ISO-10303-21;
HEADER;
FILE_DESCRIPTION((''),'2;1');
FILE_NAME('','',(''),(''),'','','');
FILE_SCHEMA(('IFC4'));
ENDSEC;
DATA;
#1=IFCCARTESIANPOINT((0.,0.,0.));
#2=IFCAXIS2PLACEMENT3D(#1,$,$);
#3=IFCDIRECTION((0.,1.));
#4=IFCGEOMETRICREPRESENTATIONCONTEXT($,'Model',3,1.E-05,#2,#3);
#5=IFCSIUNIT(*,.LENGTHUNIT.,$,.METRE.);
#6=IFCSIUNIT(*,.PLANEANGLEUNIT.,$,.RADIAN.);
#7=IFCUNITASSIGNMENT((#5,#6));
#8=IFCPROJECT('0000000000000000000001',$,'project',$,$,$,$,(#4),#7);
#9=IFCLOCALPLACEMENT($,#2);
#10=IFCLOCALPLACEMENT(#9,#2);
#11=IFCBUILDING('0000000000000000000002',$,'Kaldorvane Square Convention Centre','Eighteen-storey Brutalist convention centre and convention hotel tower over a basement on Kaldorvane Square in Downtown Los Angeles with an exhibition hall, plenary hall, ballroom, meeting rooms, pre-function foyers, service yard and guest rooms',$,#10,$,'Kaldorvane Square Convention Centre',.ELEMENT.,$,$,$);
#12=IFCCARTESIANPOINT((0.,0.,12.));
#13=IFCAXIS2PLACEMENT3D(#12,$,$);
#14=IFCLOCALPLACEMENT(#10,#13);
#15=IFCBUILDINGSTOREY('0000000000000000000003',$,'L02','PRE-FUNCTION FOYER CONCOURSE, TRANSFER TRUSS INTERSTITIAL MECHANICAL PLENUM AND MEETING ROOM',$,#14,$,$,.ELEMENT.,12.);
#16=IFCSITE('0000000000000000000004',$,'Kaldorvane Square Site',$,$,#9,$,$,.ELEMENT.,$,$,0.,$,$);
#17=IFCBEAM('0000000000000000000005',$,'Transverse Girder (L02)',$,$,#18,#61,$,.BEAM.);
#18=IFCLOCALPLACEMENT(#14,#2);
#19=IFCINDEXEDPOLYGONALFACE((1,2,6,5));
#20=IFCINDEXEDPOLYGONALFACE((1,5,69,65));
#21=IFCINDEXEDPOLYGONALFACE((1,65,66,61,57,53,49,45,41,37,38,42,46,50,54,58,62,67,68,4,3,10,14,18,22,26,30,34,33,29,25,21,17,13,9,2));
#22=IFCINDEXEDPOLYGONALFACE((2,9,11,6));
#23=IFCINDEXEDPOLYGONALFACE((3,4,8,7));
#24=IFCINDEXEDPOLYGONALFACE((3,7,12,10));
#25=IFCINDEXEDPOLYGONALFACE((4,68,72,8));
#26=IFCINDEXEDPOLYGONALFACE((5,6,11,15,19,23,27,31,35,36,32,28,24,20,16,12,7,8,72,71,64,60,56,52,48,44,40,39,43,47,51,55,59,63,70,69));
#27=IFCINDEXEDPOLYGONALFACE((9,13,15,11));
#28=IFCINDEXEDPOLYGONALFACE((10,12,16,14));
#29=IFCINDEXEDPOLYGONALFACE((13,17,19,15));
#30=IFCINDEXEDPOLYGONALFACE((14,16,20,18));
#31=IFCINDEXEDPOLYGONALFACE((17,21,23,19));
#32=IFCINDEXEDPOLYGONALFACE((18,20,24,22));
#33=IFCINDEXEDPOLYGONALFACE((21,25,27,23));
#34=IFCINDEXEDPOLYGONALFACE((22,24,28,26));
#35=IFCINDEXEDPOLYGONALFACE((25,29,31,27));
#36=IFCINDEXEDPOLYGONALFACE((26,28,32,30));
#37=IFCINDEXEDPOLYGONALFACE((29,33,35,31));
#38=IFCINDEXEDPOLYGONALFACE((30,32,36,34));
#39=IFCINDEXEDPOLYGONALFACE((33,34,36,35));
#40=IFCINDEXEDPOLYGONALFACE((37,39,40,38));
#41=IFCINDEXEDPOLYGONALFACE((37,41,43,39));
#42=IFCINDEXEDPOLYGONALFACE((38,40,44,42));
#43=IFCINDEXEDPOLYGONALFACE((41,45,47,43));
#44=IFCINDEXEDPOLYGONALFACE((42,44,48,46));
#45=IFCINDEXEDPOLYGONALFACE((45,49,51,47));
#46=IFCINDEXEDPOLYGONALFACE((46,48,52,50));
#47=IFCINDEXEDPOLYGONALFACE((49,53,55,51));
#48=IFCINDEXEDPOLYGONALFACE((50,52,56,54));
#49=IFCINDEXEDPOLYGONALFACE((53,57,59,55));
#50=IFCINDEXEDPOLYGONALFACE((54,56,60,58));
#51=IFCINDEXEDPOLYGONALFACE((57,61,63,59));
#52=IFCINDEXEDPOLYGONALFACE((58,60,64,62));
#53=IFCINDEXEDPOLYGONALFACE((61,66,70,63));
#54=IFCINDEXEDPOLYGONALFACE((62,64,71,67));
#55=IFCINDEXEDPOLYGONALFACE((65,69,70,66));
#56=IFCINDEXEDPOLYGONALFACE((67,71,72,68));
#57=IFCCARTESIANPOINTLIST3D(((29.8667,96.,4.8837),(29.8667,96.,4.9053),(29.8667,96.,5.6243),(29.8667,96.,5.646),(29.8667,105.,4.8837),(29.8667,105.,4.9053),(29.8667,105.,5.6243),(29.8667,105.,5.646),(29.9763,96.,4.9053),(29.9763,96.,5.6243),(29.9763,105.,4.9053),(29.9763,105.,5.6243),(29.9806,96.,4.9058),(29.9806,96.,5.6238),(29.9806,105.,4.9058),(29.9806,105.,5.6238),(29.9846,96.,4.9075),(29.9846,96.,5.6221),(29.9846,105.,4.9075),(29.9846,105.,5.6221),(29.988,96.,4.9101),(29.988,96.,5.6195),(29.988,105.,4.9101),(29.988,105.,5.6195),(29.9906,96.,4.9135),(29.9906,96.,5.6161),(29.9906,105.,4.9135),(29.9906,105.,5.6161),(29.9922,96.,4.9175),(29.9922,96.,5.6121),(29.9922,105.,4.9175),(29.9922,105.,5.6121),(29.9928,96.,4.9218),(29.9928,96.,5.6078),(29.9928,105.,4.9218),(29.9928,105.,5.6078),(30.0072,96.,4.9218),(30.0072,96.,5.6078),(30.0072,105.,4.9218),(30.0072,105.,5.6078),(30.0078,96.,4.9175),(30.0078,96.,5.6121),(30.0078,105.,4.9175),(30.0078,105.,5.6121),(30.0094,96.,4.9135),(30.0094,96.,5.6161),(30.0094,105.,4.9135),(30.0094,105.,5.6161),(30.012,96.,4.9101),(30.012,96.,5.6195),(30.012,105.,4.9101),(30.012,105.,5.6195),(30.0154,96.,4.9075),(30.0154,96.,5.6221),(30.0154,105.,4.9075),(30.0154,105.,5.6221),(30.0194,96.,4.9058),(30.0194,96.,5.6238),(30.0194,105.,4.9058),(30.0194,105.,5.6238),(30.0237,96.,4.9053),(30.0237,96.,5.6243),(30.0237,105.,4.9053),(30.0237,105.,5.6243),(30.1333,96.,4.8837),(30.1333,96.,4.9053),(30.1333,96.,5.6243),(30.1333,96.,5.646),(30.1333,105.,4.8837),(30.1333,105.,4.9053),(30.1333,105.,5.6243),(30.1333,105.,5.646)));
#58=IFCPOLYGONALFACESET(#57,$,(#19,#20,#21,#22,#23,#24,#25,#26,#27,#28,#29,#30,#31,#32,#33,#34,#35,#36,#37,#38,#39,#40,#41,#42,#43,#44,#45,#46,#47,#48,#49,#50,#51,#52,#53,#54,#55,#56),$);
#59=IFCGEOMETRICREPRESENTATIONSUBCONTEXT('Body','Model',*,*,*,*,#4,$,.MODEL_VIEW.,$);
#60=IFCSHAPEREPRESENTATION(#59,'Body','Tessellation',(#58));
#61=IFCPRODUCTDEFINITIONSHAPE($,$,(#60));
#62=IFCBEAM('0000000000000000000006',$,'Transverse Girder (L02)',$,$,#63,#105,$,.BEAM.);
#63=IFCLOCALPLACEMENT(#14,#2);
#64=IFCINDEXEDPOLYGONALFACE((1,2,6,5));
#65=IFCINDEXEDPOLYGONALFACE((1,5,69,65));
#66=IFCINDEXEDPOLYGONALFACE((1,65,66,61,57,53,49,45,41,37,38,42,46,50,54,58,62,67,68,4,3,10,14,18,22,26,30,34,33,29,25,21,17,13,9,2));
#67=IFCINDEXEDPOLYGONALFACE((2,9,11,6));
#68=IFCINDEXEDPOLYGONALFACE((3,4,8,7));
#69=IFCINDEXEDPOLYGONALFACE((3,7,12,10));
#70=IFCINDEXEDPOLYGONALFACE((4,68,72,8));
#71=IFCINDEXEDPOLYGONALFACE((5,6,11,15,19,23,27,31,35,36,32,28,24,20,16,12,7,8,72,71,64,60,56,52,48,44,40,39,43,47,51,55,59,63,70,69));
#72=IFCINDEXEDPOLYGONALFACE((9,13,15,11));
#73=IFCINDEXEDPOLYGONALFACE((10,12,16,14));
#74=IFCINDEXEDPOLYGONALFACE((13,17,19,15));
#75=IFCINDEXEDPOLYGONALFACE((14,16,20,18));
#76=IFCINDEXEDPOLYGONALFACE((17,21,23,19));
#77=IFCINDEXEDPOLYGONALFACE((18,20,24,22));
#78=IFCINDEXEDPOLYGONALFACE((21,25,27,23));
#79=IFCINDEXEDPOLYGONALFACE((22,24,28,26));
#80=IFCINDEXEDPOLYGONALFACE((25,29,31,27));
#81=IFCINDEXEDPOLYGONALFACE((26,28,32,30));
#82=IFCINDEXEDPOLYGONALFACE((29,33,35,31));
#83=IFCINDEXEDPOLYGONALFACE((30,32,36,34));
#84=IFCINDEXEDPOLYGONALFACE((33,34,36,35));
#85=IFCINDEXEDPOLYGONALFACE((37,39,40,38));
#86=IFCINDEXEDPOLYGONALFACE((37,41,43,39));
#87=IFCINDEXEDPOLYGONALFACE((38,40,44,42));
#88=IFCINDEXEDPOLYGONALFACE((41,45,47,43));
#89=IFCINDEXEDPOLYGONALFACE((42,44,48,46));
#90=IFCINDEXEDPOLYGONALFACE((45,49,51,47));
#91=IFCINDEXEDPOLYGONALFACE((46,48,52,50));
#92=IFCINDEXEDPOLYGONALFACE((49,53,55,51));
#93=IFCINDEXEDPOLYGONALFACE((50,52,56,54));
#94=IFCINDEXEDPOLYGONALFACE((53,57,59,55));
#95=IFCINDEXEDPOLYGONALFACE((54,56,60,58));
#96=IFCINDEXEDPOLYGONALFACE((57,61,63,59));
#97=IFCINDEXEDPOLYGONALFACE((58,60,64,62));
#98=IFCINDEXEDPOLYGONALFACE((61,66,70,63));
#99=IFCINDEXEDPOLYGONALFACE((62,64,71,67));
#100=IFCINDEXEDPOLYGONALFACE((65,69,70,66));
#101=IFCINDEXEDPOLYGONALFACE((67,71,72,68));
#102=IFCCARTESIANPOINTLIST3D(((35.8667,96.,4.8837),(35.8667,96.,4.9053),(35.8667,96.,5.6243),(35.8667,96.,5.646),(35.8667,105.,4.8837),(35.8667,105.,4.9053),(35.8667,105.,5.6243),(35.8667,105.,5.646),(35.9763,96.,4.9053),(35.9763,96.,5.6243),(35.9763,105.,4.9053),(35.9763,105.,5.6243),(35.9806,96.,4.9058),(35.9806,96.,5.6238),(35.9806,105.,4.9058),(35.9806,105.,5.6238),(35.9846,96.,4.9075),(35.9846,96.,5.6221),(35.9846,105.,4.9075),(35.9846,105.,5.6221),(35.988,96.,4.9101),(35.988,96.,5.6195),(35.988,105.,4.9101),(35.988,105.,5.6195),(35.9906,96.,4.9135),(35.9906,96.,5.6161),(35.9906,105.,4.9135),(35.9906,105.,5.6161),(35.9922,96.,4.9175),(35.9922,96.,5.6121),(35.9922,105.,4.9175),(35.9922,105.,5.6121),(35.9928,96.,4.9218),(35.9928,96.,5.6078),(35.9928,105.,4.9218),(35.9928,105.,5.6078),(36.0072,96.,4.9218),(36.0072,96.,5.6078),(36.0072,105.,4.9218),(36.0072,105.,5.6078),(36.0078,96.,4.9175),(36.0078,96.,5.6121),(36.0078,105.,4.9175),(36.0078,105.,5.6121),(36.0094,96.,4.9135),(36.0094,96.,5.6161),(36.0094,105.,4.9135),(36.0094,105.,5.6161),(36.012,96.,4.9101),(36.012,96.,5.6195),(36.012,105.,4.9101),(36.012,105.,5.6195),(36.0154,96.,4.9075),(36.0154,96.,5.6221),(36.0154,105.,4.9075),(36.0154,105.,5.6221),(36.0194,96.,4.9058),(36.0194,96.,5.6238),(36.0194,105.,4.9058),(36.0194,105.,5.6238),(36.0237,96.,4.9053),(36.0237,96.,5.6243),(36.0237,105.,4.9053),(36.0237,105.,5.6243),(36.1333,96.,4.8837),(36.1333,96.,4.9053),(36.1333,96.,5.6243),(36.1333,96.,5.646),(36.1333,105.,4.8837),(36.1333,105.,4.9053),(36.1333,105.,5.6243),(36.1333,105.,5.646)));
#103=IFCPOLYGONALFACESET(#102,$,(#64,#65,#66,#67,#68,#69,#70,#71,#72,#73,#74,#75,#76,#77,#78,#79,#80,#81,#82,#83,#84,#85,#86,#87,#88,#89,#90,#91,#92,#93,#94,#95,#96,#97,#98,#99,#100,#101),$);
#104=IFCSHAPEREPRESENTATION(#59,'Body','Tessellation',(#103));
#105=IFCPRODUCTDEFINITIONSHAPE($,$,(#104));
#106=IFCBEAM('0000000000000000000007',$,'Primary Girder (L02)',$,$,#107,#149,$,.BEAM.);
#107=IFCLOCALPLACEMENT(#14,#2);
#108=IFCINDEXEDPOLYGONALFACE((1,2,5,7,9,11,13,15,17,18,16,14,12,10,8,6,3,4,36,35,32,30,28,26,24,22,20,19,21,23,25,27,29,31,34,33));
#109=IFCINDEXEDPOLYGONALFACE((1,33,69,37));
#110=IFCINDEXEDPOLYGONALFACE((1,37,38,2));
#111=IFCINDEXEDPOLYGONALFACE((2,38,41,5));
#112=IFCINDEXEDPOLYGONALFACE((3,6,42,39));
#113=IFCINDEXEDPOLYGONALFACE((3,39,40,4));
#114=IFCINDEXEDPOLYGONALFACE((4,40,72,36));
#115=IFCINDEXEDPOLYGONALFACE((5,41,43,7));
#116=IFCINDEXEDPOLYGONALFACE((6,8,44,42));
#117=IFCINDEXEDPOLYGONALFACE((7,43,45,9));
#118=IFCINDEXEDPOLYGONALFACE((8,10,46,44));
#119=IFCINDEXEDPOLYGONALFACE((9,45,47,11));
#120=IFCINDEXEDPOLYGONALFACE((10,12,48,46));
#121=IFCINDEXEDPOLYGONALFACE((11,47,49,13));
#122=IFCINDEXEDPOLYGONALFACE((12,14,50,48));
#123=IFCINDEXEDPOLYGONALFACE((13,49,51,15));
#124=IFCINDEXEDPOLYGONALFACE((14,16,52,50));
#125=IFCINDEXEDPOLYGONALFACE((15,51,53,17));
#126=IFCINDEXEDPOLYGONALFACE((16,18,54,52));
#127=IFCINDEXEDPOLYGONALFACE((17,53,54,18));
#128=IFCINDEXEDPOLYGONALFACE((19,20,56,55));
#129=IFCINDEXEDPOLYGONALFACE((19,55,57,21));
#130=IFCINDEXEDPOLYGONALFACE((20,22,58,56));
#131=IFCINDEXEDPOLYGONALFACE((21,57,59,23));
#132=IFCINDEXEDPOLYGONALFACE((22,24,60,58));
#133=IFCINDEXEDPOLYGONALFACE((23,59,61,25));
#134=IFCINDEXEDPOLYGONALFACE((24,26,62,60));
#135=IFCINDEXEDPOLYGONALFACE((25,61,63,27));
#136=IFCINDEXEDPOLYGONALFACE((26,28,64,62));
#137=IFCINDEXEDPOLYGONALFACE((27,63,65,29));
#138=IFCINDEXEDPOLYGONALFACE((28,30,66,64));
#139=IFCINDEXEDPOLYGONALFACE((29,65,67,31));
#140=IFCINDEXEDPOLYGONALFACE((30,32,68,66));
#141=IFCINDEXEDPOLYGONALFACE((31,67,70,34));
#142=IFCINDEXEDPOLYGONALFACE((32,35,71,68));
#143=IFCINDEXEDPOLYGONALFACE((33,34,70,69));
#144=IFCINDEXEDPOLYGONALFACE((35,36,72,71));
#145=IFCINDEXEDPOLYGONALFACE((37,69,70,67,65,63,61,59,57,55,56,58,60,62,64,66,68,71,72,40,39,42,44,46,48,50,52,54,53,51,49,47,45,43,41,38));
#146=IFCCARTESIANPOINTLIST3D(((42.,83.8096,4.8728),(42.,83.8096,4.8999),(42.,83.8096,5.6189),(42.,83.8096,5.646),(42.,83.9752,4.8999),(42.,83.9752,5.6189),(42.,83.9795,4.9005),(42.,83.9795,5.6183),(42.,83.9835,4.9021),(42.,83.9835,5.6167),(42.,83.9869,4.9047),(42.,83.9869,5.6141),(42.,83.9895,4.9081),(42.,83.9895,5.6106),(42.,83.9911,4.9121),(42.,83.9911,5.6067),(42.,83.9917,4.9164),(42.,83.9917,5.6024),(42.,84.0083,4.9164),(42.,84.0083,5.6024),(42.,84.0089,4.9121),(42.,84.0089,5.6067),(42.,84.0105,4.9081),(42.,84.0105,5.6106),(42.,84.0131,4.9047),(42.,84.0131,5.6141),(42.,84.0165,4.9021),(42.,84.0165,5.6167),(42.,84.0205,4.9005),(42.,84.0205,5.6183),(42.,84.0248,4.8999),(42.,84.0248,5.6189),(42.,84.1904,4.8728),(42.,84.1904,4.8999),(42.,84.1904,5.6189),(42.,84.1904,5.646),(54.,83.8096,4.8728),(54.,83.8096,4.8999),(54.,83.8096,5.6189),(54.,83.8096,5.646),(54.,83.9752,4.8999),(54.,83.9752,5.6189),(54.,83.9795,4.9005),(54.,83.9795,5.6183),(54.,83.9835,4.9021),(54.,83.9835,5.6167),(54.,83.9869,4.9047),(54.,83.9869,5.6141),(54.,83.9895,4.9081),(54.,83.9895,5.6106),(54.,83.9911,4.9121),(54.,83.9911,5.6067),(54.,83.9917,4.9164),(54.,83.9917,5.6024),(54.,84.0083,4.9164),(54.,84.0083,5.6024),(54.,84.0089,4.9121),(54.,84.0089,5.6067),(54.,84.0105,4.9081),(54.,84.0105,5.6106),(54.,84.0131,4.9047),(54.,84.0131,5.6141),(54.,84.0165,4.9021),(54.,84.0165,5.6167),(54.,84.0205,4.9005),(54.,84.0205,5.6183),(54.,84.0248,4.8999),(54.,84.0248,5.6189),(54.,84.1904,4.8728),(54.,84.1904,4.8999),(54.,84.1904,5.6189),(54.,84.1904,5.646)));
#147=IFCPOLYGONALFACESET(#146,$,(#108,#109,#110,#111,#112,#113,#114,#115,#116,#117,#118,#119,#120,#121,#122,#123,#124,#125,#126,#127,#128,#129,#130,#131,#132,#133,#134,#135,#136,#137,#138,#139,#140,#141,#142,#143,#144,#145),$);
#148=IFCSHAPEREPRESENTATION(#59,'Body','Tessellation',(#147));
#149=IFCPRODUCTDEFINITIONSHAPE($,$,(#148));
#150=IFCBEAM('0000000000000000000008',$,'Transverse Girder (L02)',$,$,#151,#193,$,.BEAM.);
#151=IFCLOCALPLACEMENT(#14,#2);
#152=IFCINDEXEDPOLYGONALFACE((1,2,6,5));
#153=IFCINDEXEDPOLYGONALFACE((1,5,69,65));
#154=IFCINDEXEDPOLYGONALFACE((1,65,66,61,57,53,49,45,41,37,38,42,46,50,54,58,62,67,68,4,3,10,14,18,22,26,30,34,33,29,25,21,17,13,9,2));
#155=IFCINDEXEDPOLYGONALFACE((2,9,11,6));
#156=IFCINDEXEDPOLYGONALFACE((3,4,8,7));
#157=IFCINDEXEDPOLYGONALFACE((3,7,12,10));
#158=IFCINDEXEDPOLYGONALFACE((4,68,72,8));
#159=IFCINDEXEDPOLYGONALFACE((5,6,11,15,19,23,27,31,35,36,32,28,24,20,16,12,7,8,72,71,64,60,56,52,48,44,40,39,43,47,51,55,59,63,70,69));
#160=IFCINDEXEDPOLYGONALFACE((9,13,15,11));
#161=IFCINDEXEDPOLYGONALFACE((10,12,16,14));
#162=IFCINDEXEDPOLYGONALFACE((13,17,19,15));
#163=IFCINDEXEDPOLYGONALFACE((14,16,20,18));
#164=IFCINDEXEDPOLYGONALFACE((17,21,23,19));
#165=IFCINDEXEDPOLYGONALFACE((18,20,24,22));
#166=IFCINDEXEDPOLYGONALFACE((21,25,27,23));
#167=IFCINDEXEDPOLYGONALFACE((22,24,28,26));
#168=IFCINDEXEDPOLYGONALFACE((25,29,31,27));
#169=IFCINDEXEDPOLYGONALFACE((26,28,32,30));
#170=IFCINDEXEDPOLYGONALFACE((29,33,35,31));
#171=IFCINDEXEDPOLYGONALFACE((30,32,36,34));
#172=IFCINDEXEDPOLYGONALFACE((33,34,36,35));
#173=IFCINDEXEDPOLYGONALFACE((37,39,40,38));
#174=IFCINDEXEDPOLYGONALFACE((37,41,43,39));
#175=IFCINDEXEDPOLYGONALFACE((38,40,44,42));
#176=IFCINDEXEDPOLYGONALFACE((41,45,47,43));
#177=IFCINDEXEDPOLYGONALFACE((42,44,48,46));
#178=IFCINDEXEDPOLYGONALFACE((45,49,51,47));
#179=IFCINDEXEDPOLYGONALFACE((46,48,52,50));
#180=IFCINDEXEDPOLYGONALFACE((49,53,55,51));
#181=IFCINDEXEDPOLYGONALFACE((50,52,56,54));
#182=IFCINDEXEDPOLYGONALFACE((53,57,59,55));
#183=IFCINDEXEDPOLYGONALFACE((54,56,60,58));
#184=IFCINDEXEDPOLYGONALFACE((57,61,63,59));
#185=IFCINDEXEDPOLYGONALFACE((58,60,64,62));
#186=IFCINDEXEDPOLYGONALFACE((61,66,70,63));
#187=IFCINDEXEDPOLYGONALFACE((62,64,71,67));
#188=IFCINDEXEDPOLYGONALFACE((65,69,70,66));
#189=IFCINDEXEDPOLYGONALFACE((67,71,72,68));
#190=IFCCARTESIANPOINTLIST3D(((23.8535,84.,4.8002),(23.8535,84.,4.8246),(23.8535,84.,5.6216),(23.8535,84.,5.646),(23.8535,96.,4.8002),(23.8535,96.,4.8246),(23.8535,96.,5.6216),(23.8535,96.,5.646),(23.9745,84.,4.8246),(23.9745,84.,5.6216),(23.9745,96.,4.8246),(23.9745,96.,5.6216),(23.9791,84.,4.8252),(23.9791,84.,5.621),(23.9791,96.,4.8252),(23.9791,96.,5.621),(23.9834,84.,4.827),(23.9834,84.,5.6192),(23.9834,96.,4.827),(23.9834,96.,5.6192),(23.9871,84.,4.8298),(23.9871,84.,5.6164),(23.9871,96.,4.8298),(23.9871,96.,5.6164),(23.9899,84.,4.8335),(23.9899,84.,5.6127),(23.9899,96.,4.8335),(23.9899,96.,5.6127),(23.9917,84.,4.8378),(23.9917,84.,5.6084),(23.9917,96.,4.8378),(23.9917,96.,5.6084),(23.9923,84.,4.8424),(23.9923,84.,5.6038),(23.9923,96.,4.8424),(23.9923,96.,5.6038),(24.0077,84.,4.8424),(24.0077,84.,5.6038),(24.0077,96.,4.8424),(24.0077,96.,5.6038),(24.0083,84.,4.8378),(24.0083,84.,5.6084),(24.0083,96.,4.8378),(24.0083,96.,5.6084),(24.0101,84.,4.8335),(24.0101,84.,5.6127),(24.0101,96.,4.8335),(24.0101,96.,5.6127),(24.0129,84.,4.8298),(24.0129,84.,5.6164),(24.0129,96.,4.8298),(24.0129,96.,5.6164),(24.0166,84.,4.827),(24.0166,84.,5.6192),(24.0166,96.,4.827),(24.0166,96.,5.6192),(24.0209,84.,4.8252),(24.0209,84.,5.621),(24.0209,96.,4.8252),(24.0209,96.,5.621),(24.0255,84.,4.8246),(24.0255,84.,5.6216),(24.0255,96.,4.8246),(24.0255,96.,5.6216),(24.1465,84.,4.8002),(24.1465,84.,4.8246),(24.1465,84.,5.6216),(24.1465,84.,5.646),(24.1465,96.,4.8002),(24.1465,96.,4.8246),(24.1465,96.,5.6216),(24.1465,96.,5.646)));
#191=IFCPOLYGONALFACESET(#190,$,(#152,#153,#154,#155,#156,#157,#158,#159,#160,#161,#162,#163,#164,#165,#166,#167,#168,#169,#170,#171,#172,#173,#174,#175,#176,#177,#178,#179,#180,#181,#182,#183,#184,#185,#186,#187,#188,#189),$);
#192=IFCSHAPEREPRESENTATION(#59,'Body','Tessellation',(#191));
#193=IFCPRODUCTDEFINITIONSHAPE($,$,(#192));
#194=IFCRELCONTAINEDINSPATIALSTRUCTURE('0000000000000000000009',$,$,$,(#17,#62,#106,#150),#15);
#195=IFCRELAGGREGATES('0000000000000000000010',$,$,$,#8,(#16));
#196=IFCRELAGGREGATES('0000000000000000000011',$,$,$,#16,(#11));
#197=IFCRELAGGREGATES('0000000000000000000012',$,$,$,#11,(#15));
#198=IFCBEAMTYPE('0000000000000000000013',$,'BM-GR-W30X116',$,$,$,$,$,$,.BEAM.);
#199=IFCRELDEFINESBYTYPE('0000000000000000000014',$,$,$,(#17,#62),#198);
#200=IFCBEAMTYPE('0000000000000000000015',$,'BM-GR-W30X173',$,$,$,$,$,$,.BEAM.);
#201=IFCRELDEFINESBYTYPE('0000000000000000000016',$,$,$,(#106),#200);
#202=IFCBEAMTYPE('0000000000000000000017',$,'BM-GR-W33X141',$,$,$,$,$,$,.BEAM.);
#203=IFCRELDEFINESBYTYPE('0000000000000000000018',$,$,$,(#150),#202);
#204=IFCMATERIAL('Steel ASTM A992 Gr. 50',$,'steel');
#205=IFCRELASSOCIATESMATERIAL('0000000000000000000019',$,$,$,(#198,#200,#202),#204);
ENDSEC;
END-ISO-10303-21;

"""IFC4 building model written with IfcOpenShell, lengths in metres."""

from ifc_helpers import new_model, si_unit, direction, frame, origin, origin_2d, place, context, subcontext, project, spatial, i_section, extrude, material, material_profile, profile_set, type_object, element, save


model = new_model("IFC4")

# Units and contexts
model_context = context("Model", 3, precision=1e-05, world=origin(), true_north=direction((0.0, 1.0)))
body_context = subcontext(model_context, "Body", "Model", "MODEL_VIEW")
ifc_project = project(units=[si_unit("LENGTHUNIT", "METRE"), si_unit("PLANEANGLEUNIT", "RADIAN")], contexts=[model_context])

# Site, building, storey
site_placement = place(None, origin())
site = spatial("IfcSite", under=ifc_project, at=site_placement, Name="Kaldorvane Square Site", CompositionType="ELEMENT", RefElevation=0.0)
building_placement = place(site_placement, origin())
building = spatial("IfcBuilding", under=site, at=building_placement, Name="Kaldorvane Square Convention Centre", Description="Eighteen-storey Brutalist convention centre and convention hotel tower over a basement on Kaldorvane Square in Downtown Los Angeles with an exhibition hall, plenary hall, ballroom, meeting rooms, pre-function foyers, service yard and guest rooms", LongName="Kaldorvane Square Convention Centre", CompositionType="ELEMENT")
storey_placement = place(building_placement, frame((0.0, 0.0, 12.0)))
storey = spatial("IfcBuildingStorey", under=building, at=storey_placement, Name="L02", Description="PRE-FUNCTION FOYER CONCOURSE, TRANSFER TRUSS INTERSTITIAL MECHANICAL PLENUM AND MEETING ROOM", CompositionType="ELEMENT", Elevation=12.0)

# Shared definitions
ifc_material_1 = material(Name="Steel ASTM A992 Gr. 50", Category="steel")

# Beams
ifc_material_profile_1 = material_profile(ifc_material_1, i_section(OverallWidth=0.2666, OverallDepth=0.7623, WebThickness=0.0144, FlangeThickness=0.0216, FilletRadius=0.0165, at=origin_2d()), Name="W30X116")
ifc_profile_set_1 = profile_set([ifc_material_profile_1], Name="Steel ASTM A992 Gr. 50")
beam_type_1 = type_object("IfcBeamType", Name="BM-GR-W30X116", PredefinedType="BEAM", material=ifc_profile_set_1)
for number, where, z_axis, x_axis, name in (
    (1, (30.0, 96.0, 5.2648), (0.0, 1.0, 0.0), (-1.0, 0.0, 0.0), "Transverse Girder (L02)"),
    (2, (36.0, 96.0, 5.2648), (0.0, 1.0, 0.0), (-1.0, 0.0, 0.0), "Transverse Girder (L02)"),
):
    element("IfcBeam", number, at=place(storey_placement, frame(where, z_axis=z_axis, x_axis=x_axis)), inside=storey, type_object=beam_type_1, Name=name, PredefinedType="BEAM", context=body_context, shape_type="SweptSolid", body=[
        extrude(i_section(OverallWidth=0.2666, OverallDepth=0.7623, WebThickness=0.0144, FlangeThickness=0.0216, FilletRadius=0.0165, at=origin_2d()), origin(), (0.0, 0.0, 1.0), 9.0),
    ])
ifc_material_profile_2 = material_profile(ifc_material_1, i_section(OverallWidth=0.3807, OverallDepth=0.7732, WebThickness=0.0166, FlangeThickness=0.0271, FilletRadius=0.0165, at=origin_2d()), Name="W30X173")
ifc_profile_set_2 = profile_set([ifc_material_profile_2], Name="Steel ASTM A992 Gr. 50")
beam_type_2 = type_object("IfcBeamType", Name="BM-GR-W30X173", PredefinedType="BEAM", material=ifc_profile_set_2)
beam_1_placement = place(storey_placement, frame((42.0, 84.0, 5.2594), z_axis=(1.0, 0.0, 0.0), x_axis=(0.0, 1.0, 0.0)))
element("IfcBeam", 3, at=beam_1_placement, inside=storey, type_object=beam_type_2, Name="Primary Girder (L02)", PredefinedType="BEAM", context=body_context, shape_type="SweptSolid", body=[
    extrude(i_section(OverallWidth=0.3807, OverallDepth=0.7732, WebThickness=0.0166, FlangeThickness=0.0271, FilletRadius=0.0165, at=origin_2d()), origin(), (0.0, 0.0, 1.0), 12.0),
])
ifc_material_profile_3 = material_profile(ifc_material_1, i_section(OverallWidth=0.293, OverallDepth=0.8458, WebThickness=0.0154, FlangeThickness=0.0244, FilletRadius=0.0178, at=origin_2d()), Name="W33X141")
ifc_profile_set_3 = profile_set([ifc_material_profile_3], Name="Steel ASTM A992 Gr. 50")
beam_type_3 = type_object("IfcBeamType", Name="BM-GR-W33X141", PredefinedType="BEAM", material=ifc_profile_set_3)
for number, where, z_axis, x_axis, name in (
    (4, (24.0, 84.0, 5.2231), (0.0, 1.0, 0.0), (-1.0, 0.0, 0.0), "Transverse Girder (L02)"),
):
    element("IfcBeam", number, at=place(storey_placement, frame(where, z_axis=z_axis, x_axis=x_axis)), inside=storey, type_object=beam_type_3, Name=name, PredefinedType="BEAM", context=body_context, shape_type="SweptSolid", body=[
        extrude(i_section(OverallWidth=0.293, OverallDepth=0.8458, WebThickness=0.0154, FlangeThickness=0.0244, FilletRadius=0.0178, at=origin_2d()), origin(), (0.0, 0.0, 1.0), 12.0),
    ])

save(model, "model.ifc")
